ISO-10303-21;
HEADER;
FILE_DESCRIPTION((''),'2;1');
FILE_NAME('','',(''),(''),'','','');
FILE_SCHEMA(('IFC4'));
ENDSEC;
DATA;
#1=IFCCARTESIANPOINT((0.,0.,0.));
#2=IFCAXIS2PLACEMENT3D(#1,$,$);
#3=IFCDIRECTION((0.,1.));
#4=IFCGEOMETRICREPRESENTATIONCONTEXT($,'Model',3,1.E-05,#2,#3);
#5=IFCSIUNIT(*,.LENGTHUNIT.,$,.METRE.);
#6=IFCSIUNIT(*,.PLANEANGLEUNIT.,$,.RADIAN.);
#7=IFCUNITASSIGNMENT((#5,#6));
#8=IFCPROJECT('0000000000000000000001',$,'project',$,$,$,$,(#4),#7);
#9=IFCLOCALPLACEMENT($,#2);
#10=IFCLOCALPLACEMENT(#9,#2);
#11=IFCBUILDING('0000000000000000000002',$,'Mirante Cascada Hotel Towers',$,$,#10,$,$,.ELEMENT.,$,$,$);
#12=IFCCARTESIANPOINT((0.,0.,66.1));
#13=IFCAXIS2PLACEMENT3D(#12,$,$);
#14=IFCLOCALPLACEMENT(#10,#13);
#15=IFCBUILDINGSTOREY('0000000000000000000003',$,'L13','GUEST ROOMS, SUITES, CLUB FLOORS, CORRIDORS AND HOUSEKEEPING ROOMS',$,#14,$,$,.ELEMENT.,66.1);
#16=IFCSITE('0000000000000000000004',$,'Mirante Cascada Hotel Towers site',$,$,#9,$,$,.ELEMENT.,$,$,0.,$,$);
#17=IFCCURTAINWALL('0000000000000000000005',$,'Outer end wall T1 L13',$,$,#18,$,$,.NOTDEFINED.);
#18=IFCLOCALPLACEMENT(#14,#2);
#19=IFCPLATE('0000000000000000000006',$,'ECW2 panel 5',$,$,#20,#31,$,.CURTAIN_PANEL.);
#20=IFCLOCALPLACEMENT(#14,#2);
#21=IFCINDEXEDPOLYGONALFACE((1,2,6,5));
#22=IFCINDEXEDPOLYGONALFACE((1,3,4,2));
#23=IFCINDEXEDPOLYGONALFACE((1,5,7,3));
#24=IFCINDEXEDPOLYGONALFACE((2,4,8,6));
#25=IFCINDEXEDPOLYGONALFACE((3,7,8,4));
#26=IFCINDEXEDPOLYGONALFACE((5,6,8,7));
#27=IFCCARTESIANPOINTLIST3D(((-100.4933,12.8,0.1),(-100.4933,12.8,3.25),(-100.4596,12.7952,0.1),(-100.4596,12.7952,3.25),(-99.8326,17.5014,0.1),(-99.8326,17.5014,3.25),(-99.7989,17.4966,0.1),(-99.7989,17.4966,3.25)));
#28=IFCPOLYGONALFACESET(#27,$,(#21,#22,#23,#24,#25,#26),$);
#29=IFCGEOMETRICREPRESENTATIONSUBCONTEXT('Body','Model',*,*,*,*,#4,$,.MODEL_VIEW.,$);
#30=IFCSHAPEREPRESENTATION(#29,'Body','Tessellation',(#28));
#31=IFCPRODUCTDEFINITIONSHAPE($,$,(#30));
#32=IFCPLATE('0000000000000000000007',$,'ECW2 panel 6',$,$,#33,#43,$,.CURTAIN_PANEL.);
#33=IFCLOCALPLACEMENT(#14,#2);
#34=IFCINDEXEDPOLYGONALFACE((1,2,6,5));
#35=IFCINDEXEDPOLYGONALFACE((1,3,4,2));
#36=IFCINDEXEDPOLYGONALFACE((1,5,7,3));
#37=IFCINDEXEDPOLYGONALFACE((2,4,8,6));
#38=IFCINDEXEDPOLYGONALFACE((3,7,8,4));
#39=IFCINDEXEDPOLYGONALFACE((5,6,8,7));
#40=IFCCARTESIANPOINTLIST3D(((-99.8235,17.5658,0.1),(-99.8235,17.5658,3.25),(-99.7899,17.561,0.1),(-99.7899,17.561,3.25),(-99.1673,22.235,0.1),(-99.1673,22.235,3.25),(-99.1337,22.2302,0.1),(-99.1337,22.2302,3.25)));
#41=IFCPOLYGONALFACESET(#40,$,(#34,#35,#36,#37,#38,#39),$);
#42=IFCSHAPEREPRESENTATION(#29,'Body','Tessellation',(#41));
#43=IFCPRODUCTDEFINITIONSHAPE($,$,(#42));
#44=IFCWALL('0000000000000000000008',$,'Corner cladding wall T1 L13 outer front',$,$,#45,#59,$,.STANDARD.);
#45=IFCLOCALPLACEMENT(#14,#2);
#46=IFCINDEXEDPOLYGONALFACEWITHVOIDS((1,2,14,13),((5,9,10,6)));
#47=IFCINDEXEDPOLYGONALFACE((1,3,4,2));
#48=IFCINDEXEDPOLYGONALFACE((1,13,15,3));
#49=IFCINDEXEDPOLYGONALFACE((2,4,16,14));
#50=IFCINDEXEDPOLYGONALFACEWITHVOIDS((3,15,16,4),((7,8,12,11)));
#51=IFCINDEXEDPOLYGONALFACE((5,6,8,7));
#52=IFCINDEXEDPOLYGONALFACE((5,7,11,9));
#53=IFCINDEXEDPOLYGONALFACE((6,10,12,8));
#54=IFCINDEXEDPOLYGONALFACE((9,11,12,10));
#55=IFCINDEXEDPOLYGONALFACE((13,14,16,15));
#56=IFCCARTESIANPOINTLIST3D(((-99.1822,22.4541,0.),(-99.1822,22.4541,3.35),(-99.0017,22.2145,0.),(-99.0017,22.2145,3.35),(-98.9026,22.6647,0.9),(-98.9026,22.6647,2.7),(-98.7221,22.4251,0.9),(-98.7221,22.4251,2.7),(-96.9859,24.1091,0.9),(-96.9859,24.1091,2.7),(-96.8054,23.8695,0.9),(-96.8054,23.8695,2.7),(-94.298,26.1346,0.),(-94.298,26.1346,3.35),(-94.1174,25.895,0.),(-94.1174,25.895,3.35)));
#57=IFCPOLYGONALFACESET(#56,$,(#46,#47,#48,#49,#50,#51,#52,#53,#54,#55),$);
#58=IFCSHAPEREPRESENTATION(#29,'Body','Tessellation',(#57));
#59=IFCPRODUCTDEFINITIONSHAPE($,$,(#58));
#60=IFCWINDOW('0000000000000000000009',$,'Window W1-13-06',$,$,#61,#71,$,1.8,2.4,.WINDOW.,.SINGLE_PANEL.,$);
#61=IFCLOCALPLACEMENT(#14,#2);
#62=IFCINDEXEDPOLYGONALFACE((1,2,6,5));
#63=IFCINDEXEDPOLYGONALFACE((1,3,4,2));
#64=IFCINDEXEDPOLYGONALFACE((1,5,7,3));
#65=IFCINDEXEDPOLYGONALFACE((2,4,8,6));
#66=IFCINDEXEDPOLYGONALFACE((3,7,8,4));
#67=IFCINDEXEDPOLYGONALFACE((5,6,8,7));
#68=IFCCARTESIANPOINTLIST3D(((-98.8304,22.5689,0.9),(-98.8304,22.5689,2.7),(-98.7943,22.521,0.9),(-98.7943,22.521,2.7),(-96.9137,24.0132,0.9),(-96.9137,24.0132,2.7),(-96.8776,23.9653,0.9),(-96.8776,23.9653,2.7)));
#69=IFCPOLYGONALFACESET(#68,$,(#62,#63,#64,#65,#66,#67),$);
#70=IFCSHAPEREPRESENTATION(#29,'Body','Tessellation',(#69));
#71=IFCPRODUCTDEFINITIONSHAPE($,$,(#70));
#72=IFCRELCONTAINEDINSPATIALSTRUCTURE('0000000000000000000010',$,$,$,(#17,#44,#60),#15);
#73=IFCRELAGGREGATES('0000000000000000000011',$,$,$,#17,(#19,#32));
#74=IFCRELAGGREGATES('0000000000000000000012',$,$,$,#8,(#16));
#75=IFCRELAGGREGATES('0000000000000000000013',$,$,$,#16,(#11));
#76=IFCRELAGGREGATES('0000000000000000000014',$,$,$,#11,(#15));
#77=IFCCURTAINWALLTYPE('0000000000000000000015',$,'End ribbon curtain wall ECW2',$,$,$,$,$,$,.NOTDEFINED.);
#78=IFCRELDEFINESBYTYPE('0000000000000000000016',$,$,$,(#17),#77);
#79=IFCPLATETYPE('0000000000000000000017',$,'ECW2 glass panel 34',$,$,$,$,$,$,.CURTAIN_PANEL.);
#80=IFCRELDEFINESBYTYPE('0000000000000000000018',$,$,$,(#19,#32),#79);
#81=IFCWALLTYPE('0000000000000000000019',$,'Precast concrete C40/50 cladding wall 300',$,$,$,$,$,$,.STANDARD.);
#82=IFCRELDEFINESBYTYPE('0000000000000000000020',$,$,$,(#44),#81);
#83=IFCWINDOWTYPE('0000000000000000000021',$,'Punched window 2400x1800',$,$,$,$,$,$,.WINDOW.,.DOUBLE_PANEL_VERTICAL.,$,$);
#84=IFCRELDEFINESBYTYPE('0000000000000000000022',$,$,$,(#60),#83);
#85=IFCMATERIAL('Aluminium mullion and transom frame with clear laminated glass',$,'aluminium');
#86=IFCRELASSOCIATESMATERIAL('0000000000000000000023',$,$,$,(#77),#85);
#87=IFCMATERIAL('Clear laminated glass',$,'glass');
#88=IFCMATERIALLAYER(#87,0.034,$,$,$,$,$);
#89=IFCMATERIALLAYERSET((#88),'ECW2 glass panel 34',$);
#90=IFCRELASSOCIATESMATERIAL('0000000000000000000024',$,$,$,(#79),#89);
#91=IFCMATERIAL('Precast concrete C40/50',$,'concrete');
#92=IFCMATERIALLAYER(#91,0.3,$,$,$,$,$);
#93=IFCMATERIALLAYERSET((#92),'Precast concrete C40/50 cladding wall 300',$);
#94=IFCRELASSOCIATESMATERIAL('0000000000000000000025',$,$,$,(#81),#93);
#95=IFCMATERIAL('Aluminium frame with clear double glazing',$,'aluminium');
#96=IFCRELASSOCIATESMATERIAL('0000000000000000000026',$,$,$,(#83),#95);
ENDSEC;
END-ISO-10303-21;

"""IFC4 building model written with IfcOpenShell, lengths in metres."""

from ifc_helpers import new_model, si_unit, direction, frame, frame_2d, origin, origin_2d, place, context, subcontext, project, spatial, rectangle, extrude, material, layer, layer_set, type_object, element, fill, aggregate, save


model = new_model("IFC4")

# Units and contexts
model_context = context("Model", 3, precision=1e-05, world=origin(), true_north=direction((0.0, 1.0)))
body_context = subcontext(model_context, "Body", "Model", "MODEL_VIEW")
ifc_project = project(units=[si_unit("LENGTHUNIT", "METRE"), si_unit("PLANEANGLEUNIT", "RADIAN")], contexts=[model_context])

# Site, building, storey
site_placement = place(None, origin())
site = spatial("IfcSite", under=ifc_project, at=site_placement, Name="Mirante Cascada Hotel Towers site", CompositionType="ELEMENT", RefElevation=0.0)
building_placement = place(site_placement, origin())
building = spatial("IfcBuilding", under=site, at=building_placement, Name="Mirante Cascada Hotel Towers", CompositionType="ELEMENT")
storey_placement = place(building_placement, frame((0.0, 0.0, 66.1)))
storey = spatial("IfcBuildingStorey", under=building, at=storey_placement, Name="L13", Description="GUEST ROOMS, SUITES, CLUB FLOORS, CORRIDORS AND HOUSEKEEPING ROOMS", CompositionType="ELEMENT", Elevation=66.1)

# Curtain wall
ifc_material_1 = material(Name="Aluminium mullion and transom frame with clear laminated glass", Category="aluminium")
curtain_wall_type_1 = type_object("IfcCurtainWallType", Name="End ribbon curtain wall ECW2", PredefinedType="NOTDEFINED", material=ifc_material_1)
curtain_wall_1_placement = place(storey_placement, origin())
curtain_wall_1 = element("IfcCurtainWall", 1, at=curtain_wall_1_placement, inside=storey, type_object=curtain_wall_type_1, Name="Outer end wall T1 L13", PredefinedType="NOTDEFINED")

# Plates
ifc_material_2 = material(Name="Clear laminated glass", Category="glass")
ifc_layer_1 = layer(ifc_material_2, 0.034)
ifc_layer_set_1 = layer_set([ifc_layer_1], Name="ECW2 glass panel 34")
plate_type_1 = type_object("IfcPlateType", Name="ECW2 glass panel 34", PredefinedType="CURTAIN_PANEL", material=ifc_layer_set_1)
plate_1_placement = place(storey_placement, frame((-100.1461, 15.1483, 0.1), z_axis=(0.0, 0.0, 1.0), x_axis=(0.139173, 0.990268, 0.0)))
plate_1 = element("IfcPlate", 2, at=plate_1_placement, type_object=plate_type_1, Name="ECW2 panel 5", PredefinedType="CURTAIN_PANEL", context=body_context, shape_type="SweptSolid", body=[
    extrude(rectangle(XDim=4.7476, YDim=0.034, at=origin_2d()), origin(), (0.0, 0.0, 1.0), 3.15),
])
plate_2_placement = place(storey_placement, frame((-99.4786, 19.898, 0.1), z_axis=(0.0, 0.0, 1.0), x_axis=(0.139173, 0.990268, 0.0)))
plate_2 = element("IfcPlate", 3, at=plate_2_placement, type_object=plate_type_1, Name="ECW2 panel 6", PredefinedType="CURTAIN_PANEL", context=body_context, shape_type="SweptSolid", body=[
    extrude(rectangle(XDim=4.7151, YDim=0.034, at=origin_2d()), origin(), (0.0, 0.0, 1.0), 3.15),
])
aggregate(curtain_wall_1, [plate_1, plate_2])

# Wall, opening, window
ifc_material_3 = material(Name="Precast concrete C40/50", Category="concrete")
ifc_layer_2 = layer(ifc_material_3, 0.3)
ifc_layer_set_2 = layer_set([ifc_layer_2], Name="Precast concrete C40/50 cladding wall 300")
wall_type = type_object("IfcWallType", Name="Precast concrete C40/50 cladding wall 300", PredefinedType="STANDARD", material=ifc_layer_set_2)
wall_placement = place(storey_placement, frame((-99.0919, 22.3343, 0.0), z_axis=(0.0, 0.0, 1.0), x_axis=(0.798636, 0.601814, 0.0)))
wall = element("IfcWall", 4, at=wall_placement, inside=storey, type_object=wall_type, Name="Corner cladding wall T1 L13 outer front", PredefinedType="STANDARD", context=body_context, shape_type="SweptSolid", body=[
    extrude(rectangle(XDim=6.1157, YDim=0.3, at=frame_2d((3.0578, 0.0))), origin(), (0.0, 0.0, 1.0), 3.35),
])
opening_placement = place(wall_placement, frame((0.35, 0.0, 0.9)))
opening = element("IfcOpeningElement", 5, at=opening_placement, cuts=wall, PredefinedType="OPENING", context=body_context, shape_type="SweptSolid", body=[
    extrude(rectangle(XDim=2.4, YDim=1.8, at=frame_2d((1.2, 0.9))), frame((0.0, 0.15, 0.0), z_axis=(0.0, -1.0, 0.0), x_axis=(1.0, 0.0, 0.0)), (0.0, 0.0, 1.0), 0.3),
])
ifc_material_4 = material(Name="Aluminium frame with clear double glazing", Category="aluminium")
window_type = type_object("IfcWindowType", Name="Punched window 2400x1800", PartitioningType="DOUBLE_PANEL_VERTICAL", PredefinedType="WINDOW", material=ifc_material_4)
window_placement = place(opening_placement, origin())
window = element("IfcWindow", 6, at=window_placement, inside=storey, type_object=window_type, Name="Window W1-13-06", OverallHeight=1.8, OverallWidth=2.4, PartitioningType="SINGLE_PANEL", PredefinedType="WINDOW", context=body_context, shape_type="SweptSolid", body=[
    extrude(rectangle(XDim=2.4, YDim=1.8, at=frame_2d((1.2, 0.9))), frame((0.0, 0.03, 0.0), z_axis=(0.0, -1.0, 0.0), x_axis=(1.0, 0.0, 0.0)), (0.0, 0.0, 1.0), 0.06),
])
fill(opening, window)

save(model, "model.ifc")
